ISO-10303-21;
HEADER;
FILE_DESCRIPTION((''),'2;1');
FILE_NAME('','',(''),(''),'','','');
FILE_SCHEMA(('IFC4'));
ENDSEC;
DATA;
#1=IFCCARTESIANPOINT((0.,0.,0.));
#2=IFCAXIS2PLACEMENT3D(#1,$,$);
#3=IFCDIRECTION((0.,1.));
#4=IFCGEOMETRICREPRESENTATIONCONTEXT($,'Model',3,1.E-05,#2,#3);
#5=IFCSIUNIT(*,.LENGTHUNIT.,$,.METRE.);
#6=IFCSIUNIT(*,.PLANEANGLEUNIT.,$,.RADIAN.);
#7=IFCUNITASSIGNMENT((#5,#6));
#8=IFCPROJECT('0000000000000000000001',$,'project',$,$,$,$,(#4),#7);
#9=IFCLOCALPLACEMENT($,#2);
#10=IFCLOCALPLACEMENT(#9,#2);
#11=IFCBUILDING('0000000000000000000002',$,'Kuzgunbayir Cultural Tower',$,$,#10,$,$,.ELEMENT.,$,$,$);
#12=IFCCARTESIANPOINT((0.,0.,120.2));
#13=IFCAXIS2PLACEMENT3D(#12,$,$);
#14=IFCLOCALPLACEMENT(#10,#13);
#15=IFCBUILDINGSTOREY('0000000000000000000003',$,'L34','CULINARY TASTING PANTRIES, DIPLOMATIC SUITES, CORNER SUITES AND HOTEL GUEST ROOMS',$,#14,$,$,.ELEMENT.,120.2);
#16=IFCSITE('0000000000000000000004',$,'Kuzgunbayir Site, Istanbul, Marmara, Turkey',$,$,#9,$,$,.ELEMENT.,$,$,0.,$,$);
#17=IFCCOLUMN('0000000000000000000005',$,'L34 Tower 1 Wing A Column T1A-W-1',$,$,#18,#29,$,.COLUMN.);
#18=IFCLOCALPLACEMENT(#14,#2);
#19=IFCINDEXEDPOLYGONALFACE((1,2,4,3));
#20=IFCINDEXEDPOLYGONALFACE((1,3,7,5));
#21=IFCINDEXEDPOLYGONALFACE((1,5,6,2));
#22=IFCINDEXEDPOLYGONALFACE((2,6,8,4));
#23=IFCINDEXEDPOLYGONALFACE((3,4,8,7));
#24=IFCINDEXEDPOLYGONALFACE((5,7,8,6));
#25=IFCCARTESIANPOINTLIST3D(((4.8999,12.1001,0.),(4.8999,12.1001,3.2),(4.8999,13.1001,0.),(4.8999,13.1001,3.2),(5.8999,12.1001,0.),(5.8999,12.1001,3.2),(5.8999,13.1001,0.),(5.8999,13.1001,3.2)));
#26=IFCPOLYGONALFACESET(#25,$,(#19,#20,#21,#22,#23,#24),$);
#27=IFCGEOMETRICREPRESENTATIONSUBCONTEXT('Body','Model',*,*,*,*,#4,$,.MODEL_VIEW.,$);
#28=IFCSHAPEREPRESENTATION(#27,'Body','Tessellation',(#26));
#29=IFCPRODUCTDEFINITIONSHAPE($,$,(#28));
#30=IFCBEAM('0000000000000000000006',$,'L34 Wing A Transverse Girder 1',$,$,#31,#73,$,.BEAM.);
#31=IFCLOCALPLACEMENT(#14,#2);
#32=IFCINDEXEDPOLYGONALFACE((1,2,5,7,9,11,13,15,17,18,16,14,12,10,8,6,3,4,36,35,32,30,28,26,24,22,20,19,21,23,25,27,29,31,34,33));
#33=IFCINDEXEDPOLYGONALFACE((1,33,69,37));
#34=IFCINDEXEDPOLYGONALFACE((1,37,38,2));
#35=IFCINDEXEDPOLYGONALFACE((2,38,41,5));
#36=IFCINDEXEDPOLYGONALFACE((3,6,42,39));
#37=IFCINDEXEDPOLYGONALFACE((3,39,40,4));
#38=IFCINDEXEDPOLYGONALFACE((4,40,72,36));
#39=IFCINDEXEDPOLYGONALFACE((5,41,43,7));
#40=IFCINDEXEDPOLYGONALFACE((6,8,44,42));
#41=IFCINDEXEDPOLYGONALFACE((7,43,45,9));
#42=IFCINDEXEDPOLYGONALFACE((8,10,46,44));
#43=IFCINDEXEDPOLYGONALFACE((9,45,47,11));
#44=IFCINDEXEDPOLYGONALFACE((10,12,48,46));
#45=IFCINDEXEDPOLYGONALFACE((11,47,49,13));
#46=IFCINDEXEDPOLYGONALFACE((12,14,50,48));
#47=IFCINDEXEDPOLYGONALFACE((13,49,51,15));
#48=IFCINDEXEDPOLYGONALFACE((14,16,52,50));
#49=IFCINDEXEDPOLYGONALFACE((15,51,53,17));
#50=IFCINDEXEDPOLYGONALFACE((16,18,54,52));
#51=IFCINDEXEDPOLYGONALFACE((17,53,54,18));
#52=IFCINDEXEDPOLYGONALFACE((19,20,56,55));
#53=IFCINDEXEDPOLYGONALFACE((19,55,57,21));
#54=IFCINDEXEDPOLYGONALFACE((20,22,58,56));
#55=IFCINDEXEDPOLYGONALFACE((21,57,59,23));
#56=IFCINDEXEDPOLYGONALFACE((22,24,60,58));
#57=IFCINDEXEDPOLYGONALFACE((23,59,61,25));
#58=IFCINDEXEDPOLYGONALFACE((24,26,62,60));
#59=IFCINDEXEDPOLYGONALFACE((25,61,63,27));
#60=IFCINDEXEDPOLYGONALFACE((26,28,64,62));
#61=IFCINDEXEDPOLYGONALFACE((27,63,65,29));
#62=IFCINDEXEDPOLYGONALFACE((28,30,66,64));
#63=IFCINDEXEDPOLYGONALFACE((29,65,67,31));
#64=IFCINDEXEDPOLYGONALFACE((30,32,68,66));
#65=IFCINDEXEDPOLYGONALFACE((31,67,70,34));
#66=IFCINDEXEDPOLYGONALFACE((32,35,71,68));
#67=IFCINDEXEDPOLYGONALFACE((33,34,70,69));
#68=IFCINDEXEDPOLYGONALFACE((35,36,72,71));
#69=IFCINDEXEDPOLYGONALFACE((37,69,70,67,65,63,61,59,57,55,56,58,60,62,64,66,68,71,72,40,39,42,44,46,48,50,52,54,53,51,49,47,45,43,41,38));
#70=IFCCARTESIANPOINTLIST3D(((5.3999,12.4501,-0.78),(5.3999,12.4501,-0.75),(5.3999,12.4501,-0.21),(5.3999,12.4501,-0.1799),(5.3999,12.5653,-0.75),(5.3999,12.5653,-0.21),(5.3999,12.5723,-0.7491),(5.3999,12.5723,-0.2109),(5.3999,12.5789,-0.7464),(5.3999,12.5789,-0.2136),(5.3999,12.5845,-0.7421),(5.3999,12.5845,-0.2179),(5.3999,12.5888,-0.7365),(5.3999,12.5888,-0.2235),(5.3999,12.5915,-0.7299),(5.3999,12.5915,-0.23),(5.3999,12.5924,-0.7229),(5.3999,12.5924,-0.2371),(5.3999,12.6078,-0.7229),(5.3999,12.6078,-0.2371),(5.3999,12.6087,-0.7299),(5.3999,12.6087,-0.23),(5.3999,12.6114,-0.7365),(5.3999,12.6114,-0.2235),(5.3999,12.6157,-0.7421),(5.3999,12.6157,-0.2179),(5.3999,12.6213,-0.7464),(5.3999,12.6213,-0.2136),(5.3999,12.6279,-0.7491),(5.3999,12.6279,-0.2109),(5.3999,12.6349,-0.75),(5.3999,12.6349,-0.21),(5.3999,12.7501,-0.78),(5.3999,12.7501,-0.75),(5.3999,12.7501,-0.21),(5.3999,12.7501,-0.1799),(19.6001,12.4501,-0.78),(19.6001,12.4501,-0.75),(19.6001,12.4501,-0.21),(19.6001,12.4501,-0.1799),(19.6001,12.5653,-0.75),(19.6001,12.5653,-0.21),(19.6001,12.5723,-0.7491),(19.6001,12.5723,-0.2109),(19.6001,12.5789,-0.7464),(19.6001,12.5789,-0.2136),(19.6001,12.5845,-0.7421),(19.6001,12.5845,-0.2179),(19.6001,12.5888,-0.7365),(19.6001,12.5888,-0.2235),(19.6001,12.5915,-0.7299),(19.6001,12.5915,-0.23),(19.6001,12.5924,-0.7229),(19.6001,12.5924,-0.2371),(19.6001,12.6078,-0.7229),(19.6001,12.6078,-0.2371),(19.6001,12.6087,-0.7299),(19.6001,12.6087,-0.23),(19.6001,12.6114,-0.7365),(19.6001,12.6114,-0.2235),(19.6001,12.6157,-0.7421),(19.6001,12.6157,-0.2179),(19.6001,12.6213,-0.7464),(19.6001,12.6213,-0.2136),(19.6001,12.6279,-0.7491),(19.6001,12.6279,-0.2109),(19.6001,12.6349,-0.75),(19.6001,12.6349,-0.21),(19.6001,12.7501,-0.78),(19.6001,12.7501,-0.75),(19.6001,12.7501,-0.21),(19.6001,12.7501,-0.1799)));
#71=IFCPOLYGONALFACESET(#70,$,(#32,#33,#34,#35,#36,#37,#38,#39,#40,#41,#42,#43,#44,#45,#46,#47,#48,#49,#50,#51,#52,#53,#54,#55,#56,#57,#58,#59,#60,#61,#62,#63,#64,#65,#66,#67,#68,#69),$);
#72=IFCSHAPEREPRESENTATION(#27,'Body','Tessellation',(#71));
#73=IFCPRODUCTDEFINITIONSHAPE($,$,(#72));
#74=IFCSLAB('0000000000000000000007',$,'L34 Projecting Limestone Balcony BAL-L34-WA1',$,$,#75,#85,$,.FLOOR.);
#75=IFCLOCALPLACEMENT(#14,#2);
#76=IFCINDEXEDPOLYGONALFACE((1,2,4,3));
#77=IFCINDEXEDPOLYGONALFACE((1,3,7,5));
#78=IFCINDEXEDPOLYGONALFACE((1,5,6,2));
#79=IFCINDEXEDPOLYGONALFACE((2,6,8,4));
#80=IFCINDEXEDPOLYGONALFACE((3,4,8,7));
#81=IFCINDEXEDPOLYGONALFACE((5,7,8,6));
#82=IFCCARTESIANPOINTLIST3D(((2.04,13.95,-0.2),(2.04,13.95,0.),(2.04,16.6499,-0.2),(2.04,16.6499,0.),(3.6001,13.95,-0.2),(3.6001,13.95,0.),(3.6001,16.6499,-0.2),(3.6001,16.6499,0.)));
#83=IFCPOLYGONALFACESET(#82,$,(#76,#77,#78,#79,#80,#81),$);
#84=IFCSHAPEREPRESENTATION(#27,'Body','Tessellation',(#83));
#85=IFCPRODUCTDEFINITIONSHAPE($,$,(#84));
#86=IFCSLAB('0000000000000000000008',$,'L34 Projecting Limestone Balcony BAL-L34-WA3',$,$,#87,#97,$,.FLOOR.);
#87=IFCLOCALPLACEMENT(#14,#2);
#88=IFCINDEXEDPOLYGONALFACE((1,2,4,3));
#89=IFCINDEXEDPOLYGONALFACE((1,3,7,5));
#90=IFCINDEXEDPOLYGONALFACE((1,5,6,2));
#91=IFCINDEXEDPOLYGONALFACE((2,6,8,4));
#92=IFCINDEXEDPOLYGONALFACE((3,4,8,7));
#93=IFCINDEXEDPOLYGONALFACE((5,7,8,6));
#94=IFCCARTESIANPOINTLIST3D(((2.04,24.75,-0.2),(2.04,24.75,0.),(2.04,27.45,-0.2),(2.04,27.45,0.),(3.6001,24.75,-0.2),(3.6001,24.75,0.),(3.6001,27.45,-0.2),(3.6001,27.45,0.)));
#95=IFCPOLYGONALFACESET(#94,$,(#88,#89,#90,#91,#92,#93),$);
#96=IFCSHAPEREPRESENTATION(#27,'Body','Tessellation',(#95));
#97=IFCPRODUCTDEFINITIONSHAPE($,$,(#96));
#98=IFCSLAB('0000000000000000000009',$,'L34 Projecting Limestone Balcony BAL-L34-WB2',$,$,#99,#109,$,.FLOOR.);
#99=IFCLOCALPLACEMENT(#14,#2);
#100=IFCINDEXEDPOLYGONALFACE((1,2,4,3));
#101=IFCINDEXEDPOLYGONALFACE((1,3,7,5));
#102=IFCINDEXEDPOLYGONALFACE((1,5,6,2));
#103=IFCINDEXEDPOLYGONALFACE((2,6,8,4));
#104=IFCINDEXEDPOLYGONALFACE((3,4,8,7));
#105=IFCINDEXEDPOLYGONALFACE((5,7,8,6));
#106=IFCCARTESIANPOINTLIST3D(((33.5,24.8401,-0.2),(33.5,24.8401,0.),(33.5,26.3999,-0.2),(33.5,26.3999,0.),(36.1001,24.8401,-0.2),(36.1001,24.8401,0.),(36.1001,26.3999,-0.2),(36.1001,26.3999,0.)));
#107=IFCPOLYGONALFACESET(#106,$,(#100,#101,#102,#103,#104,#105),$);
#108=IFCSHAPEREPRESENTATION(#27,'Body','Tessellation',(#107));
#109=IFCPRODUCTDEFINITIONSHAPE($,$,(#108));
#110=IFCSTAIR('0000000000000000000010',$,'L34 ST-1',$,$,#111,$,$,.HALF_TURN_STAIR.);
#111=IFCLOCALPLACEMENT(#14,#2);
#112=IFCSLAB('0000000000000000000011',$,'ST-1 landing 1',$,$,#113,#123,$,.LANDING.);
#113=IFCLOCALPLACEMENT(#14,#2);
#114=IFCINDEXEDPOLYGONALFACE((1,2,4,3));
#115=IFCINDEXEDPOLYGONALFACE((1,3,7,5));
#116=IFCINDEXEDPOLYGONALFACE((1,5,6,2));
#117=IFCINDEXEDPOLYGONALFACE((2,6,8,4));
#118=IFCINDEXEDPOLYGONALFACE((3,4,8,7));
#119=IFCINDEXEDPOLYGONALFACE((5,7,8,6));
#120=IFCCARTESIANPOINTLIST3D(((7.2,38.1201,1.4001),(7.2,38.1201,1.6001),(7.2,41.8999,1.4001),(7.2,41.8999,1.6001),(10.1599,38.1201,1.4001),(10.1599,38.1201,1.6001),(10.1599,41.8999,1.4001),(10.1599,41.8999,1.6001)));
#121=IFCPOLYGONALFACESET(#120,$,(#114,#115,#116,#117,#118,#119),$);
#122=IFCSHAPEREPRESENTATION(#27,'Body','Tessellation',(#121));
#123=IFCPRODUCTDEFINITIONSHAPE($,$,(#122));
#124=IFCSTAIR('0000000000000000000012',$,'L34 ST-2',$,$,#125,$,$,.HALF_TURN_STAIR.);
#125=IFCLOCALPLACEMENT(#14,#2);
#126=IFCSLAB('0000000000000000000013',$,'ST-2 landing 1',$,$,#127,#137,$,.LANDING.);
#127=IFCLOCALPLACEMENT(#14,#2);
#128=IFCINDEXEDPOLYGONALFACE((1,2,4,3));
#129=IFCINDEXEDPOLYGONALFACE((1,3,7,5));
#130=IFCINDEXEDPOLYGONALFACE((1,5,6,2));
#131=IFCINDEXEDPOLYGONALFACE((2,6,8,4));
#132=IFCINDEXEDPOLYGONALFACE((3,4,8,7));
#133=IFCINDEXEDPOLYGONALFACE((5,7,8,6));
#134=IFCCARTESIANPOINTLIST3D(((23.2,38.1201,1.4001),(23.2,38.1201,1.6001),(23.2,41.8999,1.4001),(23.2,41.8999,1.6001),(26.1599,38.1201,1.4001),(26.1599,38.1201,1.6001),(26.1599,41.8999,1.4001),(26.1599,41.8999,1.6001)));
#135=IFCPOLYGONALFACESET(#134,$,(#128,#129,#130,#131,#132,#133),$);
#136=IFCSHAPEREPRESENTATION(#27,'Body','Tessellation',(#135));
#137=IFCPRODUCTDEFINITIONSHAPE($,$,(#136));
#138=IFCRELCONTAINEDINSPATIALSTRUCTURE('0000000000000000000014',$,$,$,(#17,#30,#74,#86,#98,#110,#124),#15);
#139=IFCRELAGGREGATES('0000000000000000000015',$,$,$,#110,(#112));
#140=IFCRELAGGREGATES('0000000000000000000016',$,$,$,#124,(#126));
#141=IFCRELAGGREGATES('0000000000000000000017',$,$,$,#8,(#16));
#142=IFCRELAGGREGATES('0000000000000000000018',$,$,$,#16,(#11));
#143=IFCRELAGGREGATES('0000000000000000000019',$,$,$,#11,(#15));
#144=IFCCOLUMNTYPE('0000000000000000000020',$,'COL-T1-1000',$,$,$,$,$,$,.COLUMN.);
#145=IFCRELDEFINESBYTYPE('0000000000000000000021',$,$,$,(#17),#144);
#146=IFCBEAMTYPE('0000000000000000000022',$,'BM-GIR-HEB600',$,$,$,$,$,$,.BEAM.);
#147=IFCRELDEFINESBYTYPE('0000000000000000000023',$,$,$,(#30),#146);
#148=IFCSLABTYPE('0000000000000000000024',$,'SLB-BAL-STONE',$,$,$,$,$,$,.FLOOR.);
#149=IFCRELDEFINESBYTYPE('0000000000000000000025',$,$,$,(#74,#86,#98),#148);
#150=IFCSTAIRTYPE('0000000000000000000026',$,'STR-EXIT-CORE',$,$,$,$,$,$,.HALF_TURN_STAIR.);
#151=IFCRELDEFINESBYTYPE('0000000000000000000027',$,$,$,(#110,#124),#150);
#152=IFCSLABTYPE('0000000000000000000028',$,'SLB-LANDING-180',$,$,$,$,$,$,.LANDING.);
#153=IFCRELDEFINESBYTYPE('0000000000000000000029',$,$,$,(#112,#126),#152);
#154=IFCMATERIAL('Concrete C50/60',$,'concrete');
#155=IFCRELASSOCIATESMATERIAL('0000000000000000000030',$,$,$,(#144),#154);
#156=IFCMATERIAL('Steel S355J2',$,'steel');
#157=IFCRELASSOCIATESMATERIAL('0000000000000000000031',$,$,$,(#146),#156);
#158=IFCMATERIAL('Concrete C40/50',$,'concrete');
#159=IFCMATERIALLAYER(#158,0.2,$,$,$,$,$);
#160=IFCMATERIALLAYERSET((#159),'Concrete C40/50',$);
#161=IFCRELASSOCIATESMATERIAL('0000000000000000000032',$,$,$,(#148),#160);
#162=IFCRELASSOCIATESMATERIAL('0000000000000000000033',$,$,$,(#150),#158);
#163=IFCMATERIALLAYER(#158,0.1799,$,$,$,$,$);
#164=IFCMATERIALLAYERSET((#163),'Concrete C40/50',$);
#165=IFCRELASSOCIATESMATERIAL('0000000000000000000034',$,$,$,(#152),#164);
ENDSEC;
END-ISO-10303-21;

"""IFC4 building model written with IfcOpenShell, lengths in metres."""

from ifc_helpers import new_model, si_unit, direction, frame, origin, origin_2d, place, context, subcontext, project, spatial, polyline, rectangle, i_section, outline, extrude, material, layer, layer_set, material_profile, profile_set, type_object, element, aggregate, save


model = new_model("IFC4")

# Units and contexts
model_context = context("Model", 3, precision=1e-05, world=origin(), true_north=direction((0.0, 1.0)))
body_context = subcontext(model_context, "Body", "Model", "MODEL_VIEW")
ifc_project = project(units=[si_unit("LENGTHUNIT", "METRE"), si_unit("PLANEANGLEUNIT", "RADIAN")], contexts=[model_context])

# Site, building, storey
site_placement = place(None, origin())
site = spatial("IfcSite", under=ifc_project, at=site_placement, Name="Kuzgunbayir Site, Istanbul, Marmara, Turkey", CompositionType="ELEMENT", RefElevation=0.0)
building_placement = place(site_placement, origin())
building = spatial("IfcBuilding", under=site, at=building_placement, Name="Kuzgunbayir Cultural Tower", CompositionType="ELEMENT")
storey_placement = place(building_placement, frame((0.0, 0.0, 120.2)))
storey = spatial("IfcBuildingStorey", under=building, at=storey_placement, Name="L34", Description="CULINARY TASTING PANTRIES, DIPLOMATIC SUITES, CORNER SUITES AND HOTEL GUEST ROOMS", CompositionType="ELEMENT", Elevation=120.2)

# Column
ifc_material_1 = material(Name="Concrete C50/60", Category="concrete")
ifc_material_profile_1 = material_profile(ifc_material_1, rectangle(XDim=1.0, YDim=1.0, at=origin_2d()), Name="RC 1000x1000")
ifc_profile_set_1 = profile_set([ifc_material_profile_1], Name="Concrete C50/60")
column_type = type_object("IfcColumnType", Name="COL-T1-1000", PredefinedType="COLUMN", material=ifc_profile_set_1)
column_placement = place(storey_placement, frame((5.3999, 12.6001, 0.0), z_axis=(0.0, 0.0, 1.0), x_axis=(1.0, 0.0, 0.0)))
element("IfcColumn", 1, at=column_placement, inside=storey, type_object=column_type, Name="L34 Tower 1 Wing A Column T1A-W-1", PredefinedType="COLUMN", context=body_context, shape_type="SweptSolid", body=[
    extrude(rectangle(XDim=1.0, YDim=1.0, at=origin_2d()), origin(), (0.0, 0.0, 1.0), 3.2),
])

# Beam
ifc_material_2 = material(Name="Steel S355J2", Category="steel")
ifc_material_profile_2 = material_profile(ifc_material_2, i_section(OverallWidth=0.3, OverallDepth=0.6001, WebThickness=0.0154, FlangeThickness=0.03, FilletRadius=0.0271, at=origin_2d()), Name="HEB 600")
ifc_profile_set_2 = profile_set([ifc_material_profile_2], Name="Steel S355J2")
beam_type = type_object("IfcBeamType", Name="BM-GIR-HEB600", PredefinedType="BEAM", material=ifc_profile_set_2)
beam_placement = place(storey_placement, frame((5.3999, 12.6001, -0.48), z_axis=(1.0, 0.0, 0.0), x_axis=(0.0, 1.0, 0.0)))
element("IfcBeam", 2, at=beam_placement, inside=storey, type_object=beam_type, Name="L34 Wing A Transverse Girder 1", PredefinedType="BEAM", context=body_context, shape_type="SweptSolid", body=[
    extrude(i_section(OverallWidth=0.3, OverallDepth=0.6001, WebThickness=0.0154, FlangeThickness=0.03, FilletRadius=0.0271, at=origin_2d()), origin(), (0.0, 0.0, 1.0), 14.2002),
])

# Slabs
ifc_material_3 = material(Name="Concrete C40/50", Category="concrete")
ifc_layer_1 = layer(ifc_material_3, 0.2)
ifc_layer_set_1 = layer_set([ifc_layer_1], Name="Concrete C40/50")
slab_type_1 = type_object("IfcSlabType", Name="SLB-BAL-STONE", PredefinedType="FLOOR", material=ifc_layer_set_1)
slab_1_placement = place(storey_placement, frame((0.0, 0.0, -0.2)))
element("IfcSlab", 3, at=slab_1_placement, inside=storey, type_object=slab_type_1, Name="L34 Projecting Limestone Balcony BAL-L34-WA1", PredefinedType="FLOOR", context=body_context, shape_type="SweptSolid", body=[
    extrude(outline(polyline([(2.04, 13.95), (3.6001, 13.95), (3.6001, 16.6499), (2.04, 16.6499), (2.04, 13.95)])), origin(), (0.0, 0.0, 1.0), 0.2),
])
slab_2_placement = place(storey_placement, frame((0.0, 0.0, -0.2)))
element("IfcSlab", 4, at=slab_2_placement, inside=storey, type_object=slab_type_1, Name="L34 Projecting Limestone Balcony BAL-L34-WA3", PredefinedType="FLOOR", context=body_context, shape_type="SweptSolid", body=[
    extrude(outline(polyline([(2.04, 24.75), (3.6001, 24.75), (3.6001, 27.45), (2.04, 27.45), (2.04, 24.75)])), origin(), (0.0, 0.0, 1.0), 0.2),
])
slab_3_placement = place(storey_placement, frame((0.0, 0.0, -0.2)))
element("IfcSlab", 5, at=slab_3_placement, inside=storey, type_object=slab_type_1, Name="L34 Projecting Limestone Balcony BAL-L34-WB2", PredefinedType="FLOOR", context=body_context, shape_type="SweptSolid", body=[
    extrude(outline(polyline([(33.5, 24.8401), (36.1001, 24.8401), (36.1001, 26.3999), (33.5, 26.3999), (33.5, 24.8401)])), origin(), (0.0, 0.0, 1.0), 0.2),
])

# Stairs, slabs
stair_type = type_object("IfcStairType", Name="STR-EXIT-CORE", PredefinedType="HALF_TURN_STAIR", material=ifc_material_3)
stair_1_placement = place(storey_placement, origin())
stair_1 = element("IfcStair", 6, at=stair_1_placement, inside=storey, type_object=stair_type, Name="L34 ST-1", PredefinedType="HALF_TURN_STAIR")
ifc_layer_2 = layer(ifc_material_3, 0.1799)
ifc_layer_set_2 = layer_set([ifc_layer_2], Name="Concrete C40/50")
slab_type_2 = type_object("IfcSlabType", Name="SLB-LANDING-180", PredefinedType="LANDING", material=ifc_layer_set_2)
slab_4_placement = place(storey_placement, frame((0.0, 0.0, 1.4001)))
slab_4 = element("IfcSlab", 7, at=slab_4_placement, type_object=slab_type_2, Name="ST-1 landing 1", PredefinedType="LANDING", context=body_context, shape_type="SweptSolid", body=[
    extrude(outline(polyline([(10.1599, 38.1201), (10.1599, 41.8999), (7.2, 41.8999), (7.2, 38.1201), (10.1599, 38.1201)])), origin(), (0.0, 0.0, 1.0), 0.2),
])
aggregate(stair_1, [slab_4])
stair_2_placement = place(storey_placement, origin())
stair_2 = element("IfcStair", 8, at=stair_2_placement, inside=storey, type_object=stair_type, Name="L34 ST-2", PredefinedType="HALF_TURN_STAIR")
slab_5_placement = place(storey_placement, frame((0.0, 0.0, 1.4001)))
slab_5 = element("IfcSlab", 9, at=slab_5_placement, type_object=slab_type_2, Name="ST-2 landing 1", PredefinedType="LANDING", context=body_context, shape_type="SweptSolid", body=[
    extrude(outline(polyline([(26.1599, 38.1201), (26.1599, 41.8999), (23.2, 41.8999), (23.2, 38.1201), (26.1599, 38.1201)])), origin(), (0.0, 0.0, 1.0), 0.2),
])
aggregate(stair_2, [slab_5])

save(model, "model.ifc")
